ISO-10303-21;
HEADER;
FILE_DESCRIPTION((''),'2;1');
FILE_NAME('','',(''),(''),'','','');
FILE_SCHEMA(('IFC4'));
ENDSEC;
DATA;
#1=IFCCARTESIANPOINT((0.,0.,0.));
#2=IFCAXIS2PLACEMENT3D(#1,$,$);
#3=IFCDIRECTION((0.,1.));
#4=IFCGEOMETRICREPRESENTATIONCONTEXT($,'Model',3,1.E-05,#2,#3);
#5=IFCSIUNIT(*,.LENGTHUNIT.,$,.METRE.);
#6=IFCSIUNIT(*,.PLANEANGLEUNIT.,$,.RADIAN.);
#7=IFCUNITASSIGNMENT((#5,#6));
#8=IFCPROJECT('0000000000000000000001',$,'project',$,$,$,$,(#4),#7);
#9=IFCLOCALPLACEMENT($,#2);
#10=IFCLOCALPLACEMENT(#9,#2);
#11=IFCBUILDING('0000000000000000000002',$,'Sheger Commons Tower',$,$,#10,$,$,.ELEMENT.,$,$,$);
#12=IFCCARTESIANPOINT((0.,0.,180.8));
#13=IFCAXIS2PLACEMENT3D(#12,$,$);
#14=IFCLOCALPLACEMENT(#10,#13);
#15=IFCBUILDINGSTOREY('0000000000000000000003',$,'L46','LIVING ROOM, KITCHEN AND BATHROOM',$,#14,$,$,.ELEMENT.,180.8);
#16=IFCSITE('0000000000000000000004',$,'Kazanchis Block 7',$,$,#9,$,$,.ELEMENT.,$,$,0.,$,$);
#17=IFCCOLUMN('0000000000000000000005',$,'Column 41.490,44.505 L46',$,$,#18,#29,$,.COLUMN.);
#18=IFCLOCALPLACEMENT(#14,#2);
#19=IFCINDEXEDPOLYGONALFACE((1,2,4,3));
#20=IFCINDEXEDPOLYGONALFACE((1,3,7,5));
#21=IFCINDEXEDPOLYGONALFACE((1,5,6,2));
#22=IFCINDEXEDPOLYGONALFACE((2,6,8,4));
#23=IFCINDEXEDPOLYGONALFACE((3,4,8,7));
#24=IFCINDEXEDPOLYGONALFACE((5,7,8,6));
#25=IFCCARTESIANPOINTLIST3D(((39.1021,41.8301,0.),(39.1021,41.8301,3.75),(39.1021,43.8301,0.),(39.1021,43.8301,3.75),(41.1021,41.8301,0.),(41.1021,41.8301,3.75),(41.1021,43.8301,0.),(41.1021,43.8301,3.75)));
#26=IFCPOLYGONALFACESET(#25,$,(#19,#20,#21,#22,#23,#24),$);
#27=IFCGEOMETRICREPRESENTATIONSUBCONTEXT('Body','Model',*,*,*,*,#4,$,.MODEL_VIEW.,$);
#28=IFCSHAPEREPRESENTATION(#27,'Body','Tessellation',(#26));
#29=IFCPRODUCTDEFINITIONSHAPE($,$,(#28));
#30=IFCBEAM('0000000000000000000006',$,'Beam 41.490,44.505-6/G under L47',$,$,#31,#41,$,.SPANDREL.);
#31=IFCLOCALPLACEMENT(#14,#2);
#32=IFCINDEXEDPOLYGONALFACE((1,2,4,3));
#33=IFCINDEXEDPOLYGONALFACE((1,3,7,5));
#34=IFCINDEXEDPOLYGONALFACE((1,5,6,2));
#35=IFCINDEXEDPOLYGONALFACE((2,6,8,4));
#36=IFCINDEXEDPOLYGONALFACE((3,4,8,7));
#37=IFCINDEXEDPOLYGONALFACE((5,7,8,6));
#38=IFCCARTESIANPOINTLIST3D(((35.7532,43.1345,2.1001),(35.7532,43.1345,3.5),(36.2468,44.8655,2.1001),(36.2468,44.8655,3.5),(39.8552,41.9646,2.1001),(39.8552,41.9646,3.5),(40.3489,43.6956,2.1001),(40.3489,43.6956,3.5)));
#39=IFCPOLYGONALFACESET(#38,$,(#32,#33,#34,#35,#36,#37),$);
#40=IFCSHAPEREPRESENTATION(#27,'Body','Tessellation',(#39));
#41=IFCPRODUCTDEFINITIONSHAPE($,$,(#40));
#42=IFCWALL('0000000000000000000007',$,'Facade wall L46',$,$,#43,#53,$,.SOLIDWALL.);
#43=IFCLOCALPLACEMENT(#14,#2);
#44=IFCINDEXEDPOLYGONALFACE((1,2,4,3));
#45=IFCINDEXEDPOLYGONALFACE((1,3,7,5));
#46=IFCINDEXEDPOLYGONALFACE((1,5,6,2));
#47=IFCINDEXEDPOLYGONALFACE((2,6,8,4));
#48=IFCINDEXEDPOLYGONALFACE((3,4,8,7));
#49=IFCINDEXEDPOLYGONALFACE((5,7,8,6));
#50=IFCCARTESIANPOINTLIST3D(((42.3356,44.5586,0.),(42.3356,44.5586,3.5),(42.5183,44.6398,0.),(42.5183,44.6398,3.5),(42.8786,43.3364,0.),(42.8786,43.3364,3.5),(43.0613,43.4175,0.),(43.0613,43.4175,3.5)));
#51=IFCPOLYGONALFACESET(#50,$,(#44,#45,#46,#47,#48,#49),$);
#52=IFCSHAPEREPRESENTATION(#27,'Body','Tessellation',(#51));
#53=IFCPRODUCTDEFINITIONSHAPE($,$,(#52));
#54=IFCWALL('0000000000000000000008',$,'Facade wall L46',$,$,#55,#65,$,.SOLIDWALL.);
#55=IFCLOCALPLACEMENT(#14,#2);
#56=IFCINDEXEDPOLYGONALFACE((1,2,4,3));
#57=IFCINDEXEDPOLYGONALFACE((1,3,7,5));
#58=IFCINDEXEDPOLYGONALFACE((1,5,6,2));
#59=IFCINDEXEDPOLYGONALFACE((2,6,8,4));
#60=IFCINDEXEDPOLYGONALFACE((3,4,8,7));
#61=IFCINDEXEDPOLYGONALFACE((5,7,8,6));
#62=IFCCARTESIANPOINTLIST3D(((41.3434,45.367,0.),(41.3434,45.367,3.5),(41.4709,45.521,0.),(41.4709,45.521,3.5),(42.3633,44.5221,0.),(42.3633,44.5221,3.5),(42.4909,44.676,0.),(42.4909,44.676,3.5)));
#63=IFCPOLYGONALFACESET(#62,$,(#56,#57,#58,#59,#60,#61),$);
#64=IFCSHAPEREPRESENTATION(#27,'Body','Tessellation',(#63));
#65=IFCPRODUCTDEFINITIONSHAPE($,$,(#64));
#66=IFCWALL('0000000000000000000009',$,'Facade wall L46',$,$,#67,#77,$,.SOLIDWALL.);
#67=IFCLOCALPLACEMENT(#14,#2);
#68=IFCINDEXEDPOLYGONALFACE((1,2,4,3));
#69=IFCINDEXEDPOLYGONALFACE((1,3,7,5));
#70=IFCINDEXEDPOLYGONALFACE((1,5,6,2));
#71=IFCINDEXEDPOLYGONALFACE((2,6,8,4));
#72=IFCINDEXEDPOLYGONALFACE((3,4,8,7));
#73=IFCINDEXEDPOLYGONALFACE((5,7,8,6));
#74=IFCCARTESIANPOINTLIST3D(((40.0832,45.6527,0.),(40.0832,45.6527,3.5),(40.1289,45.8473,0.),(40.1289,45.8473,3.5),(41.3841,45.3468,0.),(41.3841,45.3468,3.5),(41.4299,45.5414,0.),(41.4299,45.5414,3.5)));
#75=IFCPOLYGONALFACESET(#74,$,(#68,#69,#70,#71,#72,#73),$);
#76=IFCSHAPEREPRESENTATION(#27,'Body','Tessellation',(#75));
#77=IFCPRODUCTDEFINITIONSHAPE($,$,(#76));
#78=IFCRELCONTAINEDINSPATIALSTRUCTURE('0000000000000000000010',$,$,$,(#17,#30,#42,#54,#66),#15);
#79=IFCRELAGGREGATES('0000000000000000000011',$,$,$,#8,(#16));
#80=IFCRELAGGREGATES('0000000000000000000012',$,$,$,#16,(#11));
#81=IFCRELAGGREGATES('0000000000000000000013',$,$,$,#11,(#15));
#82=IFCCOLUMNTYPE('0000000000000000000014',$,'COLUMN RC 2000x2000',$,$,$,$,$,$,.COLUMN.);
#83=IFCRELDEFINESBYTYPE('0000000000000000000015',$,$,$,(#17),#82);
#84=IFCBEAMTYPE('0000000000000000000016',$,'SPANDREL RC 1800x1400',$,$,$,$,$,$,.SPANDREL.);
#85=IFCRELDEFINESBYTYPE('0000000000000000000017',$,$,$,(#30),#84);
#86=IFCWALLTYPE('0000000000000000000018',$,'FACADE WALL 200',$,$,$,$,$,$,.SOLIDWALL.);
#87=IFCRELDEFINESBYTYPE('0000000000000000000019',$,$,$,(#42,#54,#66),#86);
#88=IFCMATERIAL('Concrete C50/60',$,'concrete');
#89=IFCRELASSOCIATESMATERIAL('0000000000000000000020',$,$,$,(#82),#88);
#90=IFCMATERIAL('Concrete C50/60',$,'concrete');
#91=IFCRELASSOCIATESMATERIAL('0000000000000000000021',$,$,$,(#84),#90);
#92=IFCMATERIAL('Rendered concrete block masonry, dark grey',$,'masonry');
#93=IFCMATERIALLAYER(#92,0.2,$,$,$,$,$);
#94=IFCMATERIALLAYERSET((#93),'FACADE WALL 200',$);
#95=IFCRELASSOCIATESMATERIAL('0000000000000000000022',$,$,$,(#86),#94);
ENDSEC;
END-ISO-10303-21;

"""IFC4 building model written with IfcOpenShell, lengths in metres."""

from ifc_helpers import new_model, si_unit, direction, frame, frame_2d, origin, origin_2d, place, context, subcontext, project, spatial, rectangle, extrude, material, layer, layer_set, material_profile, profile_set, type_object, element, save


model = new_model("IFC4")

# Units and contexts
model_context = context("Model", 3, precision=1e-05, world=origin(), true_north=direction((0.0, 1.0)))
body_context = subcontext(model_context, "Body", "Model", "MODEL_VIEW")
ifc_project = project(units=[si_unit("LENGTHUNIT", "METRE"), si_unit("PLANEANGLEUNIT", "RADIAN")], contexts=[model_context])

# Site, building, storey
site_placement = place(None, origin())
site = spatial("IfcSite", under=ifc_project, at=site_placement, Name="Kazanchis Block 7", CompositionType="ELEMENT", RefElevation=0.0)
building_placement = place(site_placement, origin())
building = spatial("IfcBuilding", under=site, at=building_placement, Name="Sheger Commons Tower", CompositionType="ELEMENT")
storey_placement = place(building_placement, frame((0.0, 0.0, 180.8)))
storey = spatial("IfcBuildingStorey", under=building, at=storey_placement, Name="L46", Description="LIVING ROOM, KITCHEN AND BATHROOM", CompositionType="ELEMENT", Elevation=180.8)

# Column
ifc_material_1 = material(Name="Concrete C50/60", Category="concrete")
ifc_material_profile_1 = material_profile(ifc_material_1, rectangle(XDim=2.0, YDim=2.0, at=origin_2d()), Name="RC 2000x2000")
ifc_profile_set_1 = profile_set([ifc_material_profile_1], Name="Concrete C50/60")
column_type = type_object("IfcColumnType", Name="COLUMN RC 2000x2000", PredefinedType="COLUMN", material=ifc_profile_set_1)
column_placement = place(storey_placement, frame((40.1021, 42.8301, 0.0), z_axis=(0.0, 0.0, 1.0), x_axis=(1.0, 0.0, 0.0)))
element("IfcColumn", 1, at=column_placement, inside=storey, type_object=column_type, Name="Column 41.490,44.505 L46", PredefinedType="COLUMN", context=body_context, shape_type="SweptSolid", body=[
    extrude(rectangle(XDim=2.0, YDim=2.0, at=origin_2d()), origin(), (0.0, 0.0, 1.0), 3.75),
])

# Beam
ifc_material_2 = material(Name="Concrete C50/60", Category="concrete")
ifc_material_profile_2 = material_profile(ifc_material_2, rectangle(XDim=1.8, YDim=1.3999, at=origin_2d()), Name="RC 1800x1400")
ifc_profile_set_2 = profile_set([ifc_material_profile_2], Name="Concrete C50/60")
beam_type = type_object("IfcBeamType", Name="SPANDREL RC 1800x1400", PredefinedType="SPANDREL", material=ifc_profile_set_2)
beam_placement = place(storey_placement, frame((40.1021, 42.8301, 2.8), z_axis=(-0.961653, 0.274268, 0.0), x_axis=(-0.274268, -0.961653, 0.0)))
element("IfcBeam", 2, at=beam_placement, inside=storey, type_object=beam_type, Name="Beam 41.490,44.505-6/G under L47", PredefinedType="SPANDREL", context=body_context, shape_type="SweptSolid", body=[
    extrude(rectangle(XDim=1.8, YDim=1.3999, at=origin_2d()), origin(), (0.0, 0.0, 1.0), 4.2656),
])

# Walls
ifc_material_3 = material(Name="Rendered concrete block masonry, dark grey", Category="masonry")
ifc_layer_1 = layer(ifc_material_3, 0.2)
ifc_layer_set_1 = layer_set([ifc_layer_1], Name="FACADE WALL 200")
wall_type_1 = type_object("IfcWallType", Name="FACADE WALL 200", PredefinedType="SOLIDWALL", material=ifc_layer_set_1)
wall_1_placement = place(storey_placement, frame((42.97, 43.377, 0.0), z_axis=(0.0, 0.0, 1.0), x_axis=(-0.406003, 0.913872, 0.0)))
element("IfcWall", 3, at=wall_1_placement, inside=storey, type_object=wall_type_1, Name="Facade wall L46", PredefinedType="SOLIDWALL", context=body_context, shape_type="SweptSolid", body=[
    extrude(rectangle(XDim=1.3374, YDim=0.2, at=frame_2d((0.6687, 0.0))), origin(), (0.0, 0.0, 1.0), 3.5),
])
wall_2_placement = place(storey_placement, frame((42.427, 44.5991, 0.0), z_axis=(0.0, 0.0, 1.0), x_axis=(-0.770091, 0.637934, 0.0)))
element("IfcWall", 4, at=wall_2_placement, inside=storey, type_object=wall_type_1, Name="Facade wall L46", PredefinedType="SOLIDWALL", context=body_context, shape_type="SweptSolid", body=[
    extrude(rectangle(XDim=1.3245, YDim=0.2, at=frame_2d((0.6621, 0.0))), origin(), (0.0, 0.0, 1.0), 3.5),
])
wall_3_placement = place(storey_placement, frame((41.407, 45.4441, 0.0), z_axis=(0.0, 0.0, 1.0), x_axis=(-0.973453, 0.228887, 0.0)))
element("IfcWall", 5, at=wall_3_placement, inside=storey, type_object=wall_type_1, Name="Facade wall L46", PredefinedType="SOLIDWALL", context=body_context, shape_type="SweptSolid", body=[
    extrude(rectangle(XDim=1.3364, YDim=0.2, at=frame_2d((0.6682, 0.0))), origin(), (0.0, 0.0, 1.0), 3.5),
])

save(model, "model.ifc")
